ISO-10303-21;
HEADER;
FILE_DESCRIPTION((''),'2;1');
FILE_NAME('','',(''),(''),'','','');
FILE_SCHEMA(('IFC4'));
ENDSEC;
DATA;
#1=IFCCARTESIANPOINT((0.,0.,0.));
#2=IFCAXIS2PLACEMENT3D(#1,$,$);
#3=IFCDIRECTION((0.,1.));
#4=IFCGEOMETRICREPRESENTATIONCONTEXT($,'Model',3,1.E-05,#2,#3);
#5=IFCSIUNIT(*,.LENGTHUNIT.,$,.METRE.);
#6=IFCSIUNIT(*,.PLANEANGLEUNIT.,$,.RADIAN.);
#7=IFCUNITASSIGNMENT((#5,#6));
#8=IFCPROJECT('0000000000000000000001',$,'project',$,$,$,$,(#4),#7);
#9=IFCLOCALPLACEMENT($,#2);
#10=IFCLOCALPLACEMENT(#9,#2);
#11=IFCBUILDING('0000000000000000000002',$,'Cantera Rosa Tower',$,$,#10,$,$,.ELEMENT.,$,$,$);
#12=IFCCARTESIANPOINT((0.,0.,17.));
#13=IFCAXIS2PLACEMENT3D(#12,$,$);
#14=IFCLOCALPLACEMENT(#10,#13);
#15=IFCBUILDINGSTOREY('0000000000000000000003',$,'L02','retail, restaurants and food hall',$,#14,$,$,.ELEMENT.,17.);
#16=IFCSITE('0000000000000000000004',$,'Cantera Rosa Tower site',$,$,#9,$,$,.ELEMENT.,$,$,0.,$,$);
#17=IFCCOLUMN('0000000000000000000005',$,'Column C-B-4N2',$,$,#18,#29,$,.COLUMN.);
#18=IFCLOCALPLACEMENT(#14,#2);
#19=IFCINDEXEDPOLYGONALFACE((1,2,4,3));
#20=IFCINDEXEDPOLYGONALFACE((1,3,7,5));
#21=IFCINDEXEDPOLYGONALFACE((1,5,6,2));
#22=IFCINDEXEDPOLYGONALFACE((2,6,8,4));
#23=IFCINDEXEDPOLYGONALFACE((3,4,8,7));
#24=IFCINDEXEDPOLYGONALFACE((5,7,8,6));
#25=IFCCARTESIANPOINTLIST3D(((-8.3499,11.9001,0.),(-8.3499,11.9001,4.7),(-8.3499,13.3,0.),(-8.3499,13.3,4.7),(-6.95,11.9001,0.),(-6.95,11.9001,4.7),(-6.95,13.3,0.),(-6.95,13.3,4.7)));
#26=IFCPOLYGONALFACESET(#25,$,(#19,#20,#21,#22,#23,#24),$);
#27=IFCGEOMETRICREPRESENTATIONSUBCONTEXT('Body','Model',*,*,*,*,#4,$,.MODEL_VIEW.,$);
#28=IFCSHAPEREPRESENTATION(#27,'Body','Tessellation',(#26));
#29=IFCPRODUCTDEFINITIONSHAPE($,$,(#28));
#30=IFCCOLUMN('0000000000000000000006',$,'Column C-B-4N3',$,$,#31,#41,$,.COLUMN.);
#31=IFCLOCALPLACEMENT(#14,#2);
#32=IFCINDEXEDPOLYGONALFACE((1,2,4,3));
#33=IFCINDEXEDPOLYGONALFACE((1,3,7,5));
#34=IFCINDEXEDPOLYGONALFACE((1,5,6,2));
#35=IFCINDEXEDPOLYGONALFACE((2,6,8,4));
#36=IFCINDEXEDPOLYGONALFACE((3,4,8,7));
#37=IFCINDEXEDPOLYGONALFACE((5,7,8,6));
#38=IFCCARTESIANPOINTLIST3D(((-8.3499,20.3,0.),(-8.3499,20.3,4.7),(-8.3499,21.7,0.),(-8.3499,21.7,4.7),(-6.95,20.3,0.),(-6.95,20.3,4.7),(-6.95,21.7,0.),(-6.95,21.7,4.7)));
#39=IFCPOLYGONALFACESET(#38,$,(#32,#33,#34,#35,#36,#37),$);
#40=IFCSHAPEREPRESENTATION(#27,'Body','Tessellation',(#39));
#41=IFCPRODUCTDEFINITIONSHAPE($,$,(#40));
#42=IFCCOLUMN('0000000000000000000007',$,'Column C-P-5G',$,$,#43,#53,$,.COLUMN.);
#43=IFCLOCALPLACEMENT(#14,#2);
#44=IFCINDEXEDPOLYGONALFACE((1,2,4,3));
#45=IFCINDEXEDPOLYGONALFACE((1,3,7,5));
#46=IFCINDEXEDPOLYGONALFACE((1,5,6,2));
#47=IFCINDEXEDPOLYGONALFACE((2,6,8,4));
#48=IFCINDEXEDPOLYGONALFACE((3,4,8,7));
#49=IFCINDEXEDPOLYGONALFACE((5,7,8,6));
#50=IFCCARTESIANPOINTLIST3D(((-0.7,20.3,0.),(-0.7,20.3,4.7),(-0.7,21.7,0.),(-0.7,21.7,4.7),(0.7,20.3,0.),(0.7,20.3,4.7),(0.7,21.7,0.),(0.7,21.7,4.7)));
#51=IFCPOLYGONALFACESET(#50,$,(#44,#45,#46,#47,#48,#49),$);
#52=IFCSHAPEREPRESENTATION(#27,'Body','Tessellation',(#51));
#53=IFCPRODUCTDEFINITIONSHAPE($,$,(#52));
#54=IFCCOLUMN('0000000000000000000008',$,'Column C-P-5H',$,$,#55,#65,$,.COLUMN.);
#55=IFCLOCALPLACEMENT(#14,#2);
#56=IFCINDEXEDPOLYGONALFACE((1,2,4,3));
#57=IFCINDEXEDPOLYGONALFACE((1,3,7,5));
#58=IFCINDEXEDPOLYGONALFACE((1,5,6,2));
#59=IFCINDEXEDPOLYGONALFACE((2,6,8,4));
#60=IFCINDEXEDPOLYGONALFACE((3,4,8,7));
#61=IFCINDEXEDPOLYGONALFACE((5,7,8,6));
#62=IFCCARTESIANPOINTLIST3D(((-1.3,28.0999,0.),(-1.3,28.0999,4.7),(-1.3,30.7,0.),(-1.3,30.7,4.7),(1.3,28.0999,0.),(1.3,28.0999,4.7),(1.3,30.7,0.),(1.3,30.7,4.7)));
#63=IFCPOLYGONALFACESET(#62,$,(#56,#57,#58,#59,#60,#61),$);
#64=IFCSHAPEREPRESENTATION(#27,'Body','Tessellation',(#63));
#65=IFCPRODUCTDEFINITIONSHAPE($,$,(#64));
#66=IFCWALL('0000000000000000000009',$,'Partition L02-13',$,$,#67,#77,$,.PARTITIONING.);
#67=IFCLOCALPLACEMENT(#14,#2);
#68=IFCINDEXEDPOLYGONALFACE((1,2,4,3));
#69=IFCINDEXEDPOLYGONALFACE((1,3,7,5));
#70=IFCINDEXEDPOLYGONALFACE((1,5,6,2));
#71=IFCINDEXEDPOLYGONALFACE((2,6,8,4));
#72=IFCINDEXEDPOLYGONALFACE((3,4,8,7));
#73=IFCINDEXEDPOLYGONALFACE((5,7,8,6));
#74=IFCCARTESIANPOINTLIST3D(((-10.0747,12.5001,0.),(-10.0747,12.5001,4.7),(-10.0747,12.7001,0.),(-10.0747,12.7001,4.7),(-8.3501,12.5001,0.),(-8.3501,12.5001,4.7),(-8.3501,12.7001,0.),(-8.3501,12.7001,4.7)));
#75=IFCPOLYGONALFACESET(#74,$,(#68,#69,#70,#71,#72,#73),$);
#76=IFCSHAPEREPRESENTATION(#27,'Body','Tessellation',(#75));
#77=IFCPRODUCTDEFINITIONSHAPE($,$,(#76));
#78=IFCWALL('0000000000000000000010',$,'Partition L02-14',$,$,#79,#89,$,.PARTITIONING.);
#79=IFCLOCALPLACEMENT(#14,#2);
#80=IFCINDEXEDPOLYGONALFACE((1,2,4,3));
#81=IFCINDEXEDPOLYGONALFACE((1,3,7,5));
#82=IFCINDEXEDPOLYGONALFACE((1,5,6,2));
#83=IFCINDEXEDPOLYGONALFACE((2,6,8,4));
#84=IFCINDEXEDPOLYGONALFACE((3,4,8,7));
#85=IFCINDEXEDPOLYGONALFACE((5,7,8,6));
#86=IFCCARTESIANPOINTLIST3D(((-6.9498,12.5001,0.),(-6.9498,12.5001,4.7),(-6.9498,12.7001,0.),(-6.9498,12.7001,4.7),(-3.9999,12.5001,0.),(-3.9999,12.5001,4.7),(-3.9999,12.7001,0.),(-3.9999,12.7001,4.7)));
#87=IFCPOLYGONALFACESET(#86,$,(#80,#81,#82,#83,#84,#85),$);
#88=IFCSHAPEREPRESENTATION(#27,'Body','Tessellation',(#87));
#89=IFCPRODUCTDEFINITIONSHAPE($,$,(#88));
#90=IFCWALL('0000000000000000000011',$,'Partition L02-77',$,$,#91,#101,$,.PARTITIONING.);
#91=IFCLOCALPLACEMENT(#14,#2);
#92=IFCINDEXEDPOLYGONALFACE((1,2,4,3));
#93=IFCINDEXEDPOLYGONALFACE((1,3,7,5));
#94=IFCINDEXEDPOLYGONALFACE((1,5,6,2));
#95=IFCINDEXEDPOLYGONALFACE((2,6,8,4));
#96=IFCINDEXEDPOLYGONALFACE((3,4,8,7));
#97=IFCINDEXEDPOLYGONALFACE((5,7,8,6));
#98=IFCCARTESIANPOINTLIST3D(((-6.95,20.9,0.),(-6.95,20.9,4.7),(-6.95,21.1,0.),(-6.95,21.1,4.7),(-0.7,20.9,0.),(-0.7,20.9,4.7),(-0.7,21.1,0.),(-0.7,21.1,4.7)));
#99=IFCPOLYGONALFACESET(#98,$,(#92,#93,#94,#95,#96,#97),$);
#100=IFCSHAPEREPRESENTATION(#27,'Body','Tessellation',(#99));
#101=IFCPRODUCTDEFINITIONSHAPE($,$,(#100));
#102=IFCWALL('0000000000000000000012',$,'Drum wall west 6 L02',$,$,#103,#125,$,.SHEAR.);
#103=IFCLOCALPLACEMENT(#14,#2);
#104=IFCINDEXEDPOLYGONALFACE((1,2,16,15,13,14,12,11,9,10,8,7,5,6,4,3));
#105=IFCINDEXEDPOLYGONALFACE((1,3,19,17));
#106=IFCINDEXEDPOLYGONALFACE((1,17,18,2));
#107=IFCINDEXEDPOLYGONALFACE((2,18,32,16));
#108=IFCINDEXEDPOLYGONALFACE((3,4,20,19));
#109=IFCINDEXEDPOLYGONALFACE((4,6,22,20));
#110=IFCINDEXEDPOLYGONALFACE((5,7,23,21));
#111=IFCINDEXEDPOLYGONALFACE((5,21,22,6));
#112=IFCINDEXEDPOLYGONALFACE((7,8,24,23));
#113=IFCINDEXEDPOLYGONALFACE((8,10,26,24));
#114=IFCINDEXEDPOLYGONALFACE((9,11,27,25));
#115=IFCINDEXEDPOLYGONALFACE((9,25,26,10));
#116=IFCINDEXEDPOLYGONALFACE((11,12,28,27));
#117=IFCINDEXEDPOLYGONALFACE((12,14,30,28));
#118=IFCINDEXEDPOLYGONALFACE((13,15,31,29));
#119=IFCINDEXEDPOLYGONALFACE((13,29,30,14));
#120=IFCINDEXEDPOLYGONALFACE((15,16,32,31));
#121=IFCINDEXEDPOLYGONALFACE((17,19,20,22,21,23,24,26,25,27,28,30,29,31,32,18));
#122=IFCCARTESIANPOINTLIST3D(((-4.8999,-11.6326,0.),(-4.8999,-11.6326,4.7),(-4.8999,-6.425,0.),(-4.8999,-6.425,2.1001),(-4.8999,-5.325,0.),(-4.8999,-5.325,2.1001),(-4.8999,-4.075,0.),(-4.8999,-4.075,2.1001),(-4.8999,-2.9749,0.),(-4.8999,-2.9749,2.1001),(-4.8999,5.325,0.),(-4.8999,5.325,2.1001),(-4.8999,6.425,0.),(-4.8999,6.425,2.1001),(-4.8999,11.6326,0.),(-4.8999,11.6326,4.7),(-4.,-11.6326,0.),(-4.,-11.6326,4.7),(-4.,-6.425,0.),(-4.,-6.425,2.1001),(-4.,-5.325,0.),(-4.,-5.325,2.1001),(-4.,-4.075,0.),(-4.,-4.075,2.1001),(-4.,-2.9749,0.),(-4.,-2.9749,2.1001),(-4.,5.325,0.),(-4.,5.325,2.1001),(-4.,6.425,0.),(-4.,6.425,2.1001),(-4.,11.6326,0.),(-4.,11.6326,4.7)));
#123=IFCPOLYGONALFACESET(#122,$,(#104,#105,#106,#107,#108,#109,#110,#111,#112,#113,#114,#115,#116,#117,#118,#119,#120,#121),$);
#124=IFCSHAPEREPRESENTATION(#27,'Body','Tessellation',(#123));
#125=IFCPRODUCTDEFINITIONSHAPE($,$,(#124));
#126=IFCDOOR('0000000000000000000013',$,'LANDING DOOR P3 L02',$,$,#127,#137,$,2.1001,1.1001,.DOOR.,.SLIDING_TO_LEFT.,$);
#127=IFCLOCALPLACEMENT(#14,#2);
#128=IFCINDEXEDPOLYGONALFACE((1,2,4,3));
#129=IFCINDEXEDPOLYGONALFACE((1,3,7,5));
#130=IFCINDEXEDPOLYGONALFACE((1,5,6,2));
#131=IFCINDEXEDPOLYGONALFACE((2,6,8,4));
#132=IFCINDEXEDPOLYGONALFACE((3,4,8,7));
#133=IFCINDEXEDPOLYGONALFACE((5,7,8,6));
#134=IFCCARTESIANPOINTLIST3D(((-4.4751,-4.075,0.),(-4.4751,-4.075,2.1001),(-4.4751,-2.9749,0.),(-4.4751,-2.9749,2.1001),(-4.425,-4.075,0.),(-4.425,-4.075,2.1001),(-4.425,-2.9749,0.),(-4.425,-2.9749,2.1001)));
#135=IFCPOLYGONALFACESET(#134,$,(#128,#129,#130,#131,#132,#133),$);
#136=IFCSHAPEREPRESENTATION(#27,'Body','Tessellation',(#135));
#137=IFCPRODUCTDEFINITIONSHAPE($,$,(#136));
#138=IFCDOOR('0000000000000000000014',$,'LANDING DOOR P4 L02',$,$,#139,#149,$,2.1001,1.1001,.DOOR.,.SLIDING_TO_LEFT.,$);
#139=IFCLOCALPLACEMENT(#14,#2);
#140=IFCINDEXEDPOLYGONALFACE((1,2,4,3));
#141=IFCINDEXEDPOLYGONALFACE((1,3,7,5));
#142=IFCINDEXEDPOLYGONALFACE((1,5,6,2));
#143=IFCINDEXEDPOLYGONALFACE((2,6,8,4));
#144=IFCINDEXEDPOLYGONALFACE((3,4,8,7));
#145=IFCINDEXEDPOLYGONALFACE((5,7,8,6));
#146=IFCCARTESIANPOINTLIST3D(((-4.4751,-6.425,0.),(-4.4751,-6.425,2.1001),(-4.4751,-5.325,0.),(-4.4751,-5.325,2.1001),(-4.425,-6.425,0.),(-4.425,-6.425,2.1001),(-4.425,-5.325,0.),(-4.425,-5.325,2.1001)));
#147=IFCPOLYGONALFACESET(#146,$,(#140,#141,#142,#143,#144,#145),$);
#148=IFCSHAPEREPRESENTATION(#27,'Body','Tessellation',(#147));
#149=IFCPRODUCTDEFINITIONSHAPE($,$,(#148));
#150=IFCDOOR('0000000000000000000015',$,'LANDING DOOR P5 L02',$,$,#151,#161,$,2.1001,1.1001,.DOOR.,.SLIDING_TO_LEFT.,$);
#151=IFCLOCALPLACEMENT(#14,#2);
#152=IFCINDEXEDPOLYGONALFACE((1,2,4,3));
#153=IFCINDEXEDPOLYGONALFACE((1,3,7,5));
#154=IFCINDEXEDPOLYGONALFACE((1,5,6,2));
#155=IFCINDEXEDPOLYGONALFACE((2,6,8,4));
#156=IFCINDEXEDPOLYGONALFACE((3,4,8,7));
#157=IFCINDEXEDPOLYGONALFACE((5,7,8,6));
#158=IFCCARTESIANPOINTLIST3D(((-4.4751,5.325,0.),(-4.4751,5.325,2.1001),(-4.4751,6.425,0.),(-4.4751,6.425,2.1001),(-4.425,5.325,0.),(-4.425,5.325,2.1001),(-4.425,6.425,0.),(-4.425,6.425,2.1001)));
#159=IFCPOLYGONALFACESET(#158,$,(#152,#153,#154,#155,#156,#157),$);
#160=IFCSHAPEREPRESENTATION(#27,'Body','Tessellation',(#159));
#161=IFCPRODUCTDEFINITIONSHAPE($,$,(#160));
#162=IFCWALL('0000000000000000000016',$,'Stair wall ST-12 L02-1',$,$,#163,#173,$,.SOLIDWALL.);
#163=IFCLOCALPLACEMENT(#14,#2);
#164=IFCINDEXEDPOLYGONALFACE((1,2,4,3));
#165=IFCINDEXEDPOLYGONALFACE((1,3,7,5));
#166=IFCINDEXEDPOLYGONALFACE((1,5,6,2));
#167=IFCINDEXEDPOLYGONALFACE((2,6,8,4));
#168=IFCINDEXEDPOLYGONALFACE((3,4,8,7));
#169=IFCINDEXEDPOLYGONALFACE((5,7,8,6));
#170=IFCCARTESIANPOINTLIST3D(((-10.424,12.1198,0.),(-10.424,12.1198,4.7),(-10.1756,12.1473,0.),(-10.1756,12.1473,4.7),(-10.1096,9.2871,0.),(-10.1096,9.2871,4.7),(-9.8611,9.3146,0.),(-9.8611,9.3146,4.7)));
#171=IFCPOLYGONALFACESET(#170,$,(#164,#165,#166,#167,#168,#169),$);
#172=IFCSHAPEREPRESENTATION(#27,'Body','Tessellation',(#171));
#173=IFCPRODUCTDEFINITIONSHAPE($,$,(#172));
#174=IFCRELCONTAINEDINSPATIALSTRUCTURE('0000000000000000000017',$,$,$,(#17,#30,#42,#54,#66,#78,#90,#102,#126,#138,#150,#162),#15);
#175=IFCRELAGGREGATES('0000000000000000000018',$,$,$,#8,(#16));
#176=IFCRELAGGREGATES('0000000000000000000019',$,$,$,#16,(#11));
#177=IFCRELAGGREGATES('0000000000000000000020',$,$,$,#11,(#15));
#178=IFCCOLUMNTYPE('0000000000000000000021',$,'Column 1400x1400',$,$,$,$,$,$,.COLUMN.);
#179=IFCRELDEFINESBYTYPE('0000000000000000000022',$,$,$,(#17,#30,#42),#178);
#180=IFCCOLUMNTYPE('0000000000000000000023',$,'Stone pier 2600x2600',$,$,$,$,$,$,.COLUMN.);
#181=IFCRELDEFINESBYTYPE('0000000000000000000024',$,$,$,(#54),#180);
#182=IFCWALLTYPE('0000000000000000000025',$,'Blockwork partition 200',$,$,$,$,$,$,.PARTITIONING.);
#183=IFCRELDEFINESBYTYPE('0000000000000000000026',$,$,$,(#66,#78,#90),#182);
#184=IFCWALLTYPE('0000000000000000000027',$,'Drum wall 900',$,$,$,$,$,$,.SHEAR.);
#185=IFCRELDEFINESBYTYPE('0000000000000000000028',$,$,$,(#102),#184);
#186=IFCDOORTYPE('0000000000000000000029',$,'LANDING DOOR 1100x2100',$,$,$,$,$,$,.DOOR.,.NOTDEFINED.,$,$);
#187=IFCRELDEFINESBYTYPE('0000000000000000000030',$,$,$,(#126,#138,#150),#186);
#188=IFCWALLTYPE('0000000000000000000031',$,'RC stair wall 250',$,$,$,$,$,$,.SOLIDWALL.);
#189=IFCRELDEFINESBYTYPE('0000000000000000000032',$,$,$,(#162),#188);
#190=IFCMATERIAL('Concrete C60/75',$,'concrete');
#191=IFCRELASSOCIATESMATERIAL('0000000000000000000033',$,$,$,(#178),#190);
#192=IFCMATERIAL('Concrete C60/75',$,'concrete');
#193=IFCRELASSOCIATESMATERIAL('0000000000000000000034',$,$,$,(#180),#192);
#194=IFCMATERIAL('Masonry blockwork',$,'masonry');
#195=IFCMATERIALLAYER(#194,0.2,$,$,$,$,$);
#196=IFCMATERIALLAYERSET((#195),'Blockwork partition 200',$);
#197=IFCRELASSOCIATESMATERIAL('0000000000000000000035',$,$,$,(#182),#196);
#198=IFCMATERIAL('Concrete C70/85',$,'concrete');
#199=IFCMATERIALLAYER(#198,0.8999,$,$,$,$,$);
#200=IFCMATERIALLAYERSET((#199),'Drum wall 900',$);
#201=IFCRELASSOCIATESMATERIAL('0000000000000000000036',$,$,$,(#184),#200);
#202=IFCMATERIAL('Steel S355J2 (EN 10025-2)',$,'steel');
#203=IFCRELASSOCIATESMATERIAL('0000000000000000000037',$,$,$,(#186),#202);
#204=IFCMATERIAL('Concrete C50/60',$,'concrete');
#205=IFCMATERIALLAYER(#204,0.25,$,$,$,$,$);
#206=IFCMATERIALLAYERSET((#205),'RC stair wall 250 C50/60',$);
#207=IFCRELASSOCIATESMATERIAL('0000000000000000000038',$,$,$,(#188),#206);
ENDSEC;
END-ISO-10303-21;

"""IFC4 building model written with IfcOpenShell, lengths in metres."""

from ifc_helpers import new_model, si_unit, direction, frame, frame_2d, origin, origin_2d, place, context, subcontext, project, spatial, rectangle, extrude, material, layer, layer_set, material_profile, profile_set, type_object, element, fill, save


model = new_model("IFC4")

# Units and contexts
model_context = context("Model", 3, precision=1e-05, world=origin(), true_north=direction((0.0, 1.0)))
body_context = subcontext(model_context, "Body", "Model", "MODEL_VIEW")
ifc_project = project(units=[si_unit("LENGTHUNIT", "METRE"), si_unit("PLANEANGLEUNIT", "RADIAN")], contexts=[model_context])

# Site, building, storey
site_placement = place(None, origin())
site = spatial("IfcSite", under=ifc_project, at=site_placement, Name="Cantera Rosa Tower site", CompositionType="ELEMENT", RefElevation=0.0)
building_placement = place(site_placement, origin())
building = spatial("IfcBuilding", under=site, at=building_placement, Name="Cantera Rosa Tower", CompositionType="ELEMENT")
storey_placement = place(building_placement, frame((0.0, 0.0, 17.0)))
storey = spatial("IfcBuildingStorey", under=building, at=storey_placement, Name="L02", Description="retail, restaurants and food hall", CompositionType="ELEMENT", Elevation=17.0)

# Columns
ifc_material_1 = material(Name="Concrete C60/75", Category="concrete")
ifc_material_profile_1 = material_profile(ifc_material_1, rectangle(XDim=1.3999, YDim=1.3999, at=origin_2d()), Name="Column 1400x1400")
ifc_profile_set_1 = profile_set([ifc_material_profile_1], Name="Concrete C60/75")
column_type_1 = type_object("IfcColumnType", Name="Column 1400x1400", PredefinedType="COLUMN", material=ifc_profile_set_1)
for number, where, z_axis, x_axis, name in (
    (1, (-7.6499, 12.6001, 0.0), (0.0, 0.0, 1.0), (1.0, 0.0, 0.0), "Column C-B-4N2"),
    (2, (-7.6499, 21.0, 0.0), (0.0, 0.0, 1.0), (1.0, 0.0, 0.0), "Column C-B-4N3"),
    (3, (0.0, 21.0, 0.0), (0.0, 0.0, 1.0), (1.0, 0.0, 0.0), "Column C-P-5G"),
):
    element("IfcColumn", number, at=place(storey_placement, frame(where, z_axis=z_axis, x_axis=x_axis)), inside=storey, type_object=column_type_1, Name=name, PredefinedType="COLUMN", context=body_context, shape_type="SweptSolid", body=[
        extrude(rectangle(XDim=1.3999, YDim=1.3999, at=origin_2d()), origin(), (0.0, 0.0, 1.0), 4.7),
    ])
ifc_material_2 = material(Name="Concrete C60/75", Category="concrete")
ifc_material_profile_2 = material_profile(ifc_material_2, rectangle(XDim=2.6001, YDim=2.6001, at=origin_2d()), Name="Stone pier 2600x2600")
ifc_profile_set_2 = profile_set([ifc_material_profile_2], Name="Concrete C60/75")
column_type_2 = type_object("IfcColumnType", Name="Stone pier 2600x2600", PredefinedType="COLUMN", material=ifc_profile_set_2)
column_placement = place(storey_placement, frame((0.0, 29.3999, 0.0), z_axis=(0.0, 0.0, 1.0), x_axis=(1.0, 0.0, 0.0)))
element("IfcColumn", 4, at=column_placement, inside=storey, type_object=column_type_2, Name="Column C-P-5H", PredefinedType="COLUMN", context=body_context, shape_type="SweptSolid", body=[
    extrude(rectangle(XDim=2.6001, YDim=2.6001, at=origin_2d()), origin(), (0.0, 0.0, 1.0), 4.7),
])

# Walls
ifc_material_3 = material(Name="Masonry blockwork", Category="masonry")
ifc_layer_1 = layer(ifc_material_3, 0.2)
ifc_layer_set_1 = layer_set([ifc_layer_1], Name="Blockwork partition 200")
wall_type_1 = type_object("IfcWallType", Name="Blockwork partition 200", PredefinedType="PARTITIONING", material=ifc_layer_set_1)
wall_1_placement = place(storey_placement, frame((-10.0747, 12.6001, 0.0), z_axis=(0.0, 0.0, 1.0), x_axis=(1.0, 0.0, 0.0)))
element("IfcWall", 5, at=wall_1_placement, inside=storey, type_object=wall_type_1, Name="Partition L02-13", PredefinedType="PARTITIONING", context=body_context, shape_type="SweptSolid", body=[
    extrude(rectangle(XDim=1.7246, YDim=0.2, at=frame_2d((0.8623, 0.0))), origin(), (0.0, 0.0, 1.0), 4.7),
])
wall_2_placement = place(storey_placement, frame((-6.95, 12.6001, 0.0), z_axis=(0.0, 0.0, 1.0), x_axis=(1.0, 0.0, 0.0)))
element("IfcWall", 6, at=wall_2_placement, inside=storey, type_object=wall_type_1, Name="Partition L02-14", PredefinedType="PARTITIONING", context=body_context, shape_type="SweptSolid", body=[
    extrude(rectangle(XDim=2.95, YDim=0.2, at=frame_2d((1.4751, 0.0))), origin(), (0.0, 0.0, 1.0), 4.7),
])
wall_3_placement = place(storey_placement, frame((-6.95, 21.0, 0.0), z_axis=(0.0, 0.0, 1.0), x_axis=(1.0, 0.0, 0.0)))
element("IfcWall", 7, at=wall_3_placement, inside=storey, type_object=wall_type_1, Name="Partition L02-77", PredefinedType="PARTITIONING", context=body_context, shape_type="SweptSolid", body=[
    extrude(rectangle(XDim=6.25, YDim=0.2, at=frame_2d((3.125, 0.0))), origin(), (0.0, 0.0, 1.0), 4.7),
])

# Wall, openings, doors
ifc_material_4 = material(Name="Concrete C70/85", Category="concrete")
ifc_layer_2 = layer(ifc_material_4, 0.8999)
ifc_layer_set_2 = layer_set([ifc_layer_2], Name="Drum wall 900")
wall_type_2 = type_object("IfcWallType", Name="Drum wall 900", PredefinedType="SHEAR", material=ifc_layer_set_2)
wall_4_placement = place(storey_placement, frame((-4.45, 11.6326, 0.0), z_axis=(0.0, 0.0, 1.0), x_axis=(0.0, -1.0, 0.0)))
wall_4 = element("IfcWall", 8, at=wall_4_placement, inside=storey, type_object=wall_type_2, Name="Drum wall west 6 L02", PredefinedType="SHEAR", context=body_context, shape_type="SweptSolid", body=[
    extrude(rectangle(XDim=23.2651, YDim=0.8999, at=frame_2d((11.6326, 0.0))), origin(), (0.0, 0.0, 1.0), 4.7),
])
opening_1_placement = place(wall_4_placement, frame((14.6074, 0.0, 0.0)))
opening_1 = element("IfcOpeningElement", 9, at=opening_1_placement, cuts=wall_4, PredefinedType="OPENING", context=body_context, shape_type="SweptSolid", body=[
    extrude(rectangle(XDim=1.1001, YDim=2.1001, at=frame_2d((0.55, 1.05))), frame((0.0, 0.46, 0.0), z_axis=(0.0, -1.0, 0.0), x_axis=(1.0, 0.0, 0.0)), (0.0, 0.0, 1.0), 0.9199),
])
opening_2_placement = place(wall_4_placement, frame((16.9575, 0.0, 0.0)))
opening_2 = element("IfcOpeningElement", 10, at=opening_2_placement, cuts=wall_4, PredefinedType="OPENING", context=body_context, shape_type="SweptSolid", body=[
    extrude(rectangle(XDim=1.1001, YDim=2.1001, at=frame_2d((0.55, 1.05))), frame((0.0, 0.46, 0.0), z_axis=(0.0, -1.0, 0.0), x_axis=(1.0, 0.0, 0.0)), (0.0, 0.0, 1.0), 0.9199),
])
opening_3_placement = place(wall_4_placement, frame((5.2075, 0.0, 0.0)))
opening_3 = element("IfcOpeningElement", 11, at=opening_3_placement, cuts=wall_4, PredefinedType="OPENING", context=body_context, shape_type="SweptSolid", body=[
    extrude(rectangle(XDim=1.1001, YDim=2.1001, at=frame_2d((0.55, 1.05))), frame((0.0, 0.46, 0.0), z_axis=(0.0, -1.0, 0.0), x_axis=(1.0, 0.0, 0.0)), (0.0, 0.0, 1.0), 0.9199),
])
ifc_material_5 = material(Name="Steel S355J2 (EN 10025-2)", Category="steel")
door_type = type_object("IfcDoorType", Name="LANDING DOOR 1100x2100", OperationType="NOTDEFINED", PredefinedType="DOOR", material=ifc_material_5)
door_1_placement = place(opening_1_placement, origin())
door_1 = element("IfcDoor", 12, at=door_1_placement, inside=storey, type_object=door_type, Name="LANDING DOOR P3 L02", OperationType="SLIDING_TO_LEFT", OverallHeight=2.1001, OverallWidth=1.1001, PredefinedType="DOOR", context=body_context, shape_type="SweptSolid", body=[
    extrude(rectangle(XDim=1.1001, YDim=2.1001, at=frame_2d((0.55, 1.05))), frame((0.0, 0.0249, 0.0), z_axis=(0.0, -1.0, 0.0), x_axis=(1.0, 0.0, 0.0)), (0.0, 0.0, 1.0), 0.05),
])
fill(opening_1, door_1)
door_2_placement = place(opening_2_placement, origin())
door_2 = element("IfcDoor", 13, at=door_2_placement, inside=storey, type_object=door_type, Name="LANDING DOOR P4 L02", OperationType="SLIDING_TO_LEFT", OverallHeight=2.1001, OverallWidth=1.1001, PredefinedType="DOOR", context=body_context, shape_type="SweptSolid", body=[
    extrude(rectangle(XDim=1.1001, YDim=2.1001, at=frame_2d((0.55, 1.05))), frame((0.0, 0.0249, 0.0), z_axis=(0.0, -1.0, 0.0), x_axis=(1.0, 0.0, 0.0)), (0.0, 0.0, 1.0), 0.05),
])
fill(opening_2, door_2)
door_3_placement = place(opening_3_placement, origin())
door_3 = element("IfcDoor", 14, at=door_3_placement, inside=storey, type_object=door_type, Name="LANDING DOOR P5 L02", OperationType="SLIDING_TO_LEFT", OverallHeight=2.1001, OverallWidth=1.1001, PredefinedType="DOOR", context=body_context, shape_type="SweptSolid", body=[
    extrude(rectangle(XDim=1.1001, YDim=2.1001, at=frame_2d((0.55, 1.05))), frame((0.0, 0.0249, 0.0), z_axis=(0.0, -1.0, 0.0), x_axis=(1.0, 0.0, 0.0)), (0.0, 0.0, 1.0), 0.05),
])
fill(opening_3, door_3)

# Wall
ifc_material_6 = material(Name="Concrete C50/60", Category="concrete")
ifc_layer_3 = layer(ifc_material_6, 0.25)
ifc_layer_set_3 = layer_set([ifc_layer_3], Name="RC stair wall 250 C50/60")
wall_type_3 = type_object("IfcWallType", Name="RC stair wall 250", PredefinedType="SOLIDWALL", material=ifc_layer_set_3)
wall_5_placement = place(storey_placement, frame((-10.2998, 12.1335, 0.0), z_axis=(0.0, 0.0, 1.0), x_axis=(0.110328, -0.993895, 0.0)))
element("IfcWall", 15, at=wall_5_placement, inside=storey, type_object=wall_type_3, Name="Stair wall ST-12 L02-1", PredefinedType="SOLIDWALL", context=body_context, shape_type="SweptSolid", body=[
    extrude(rectangle(XDim=2.8501, YDim=0.25, at=frame_2d((1.425, 0.0))), origin(), (0.0, 0.0, 1.0), 4.7),
])

save(model, "model.ifc")
